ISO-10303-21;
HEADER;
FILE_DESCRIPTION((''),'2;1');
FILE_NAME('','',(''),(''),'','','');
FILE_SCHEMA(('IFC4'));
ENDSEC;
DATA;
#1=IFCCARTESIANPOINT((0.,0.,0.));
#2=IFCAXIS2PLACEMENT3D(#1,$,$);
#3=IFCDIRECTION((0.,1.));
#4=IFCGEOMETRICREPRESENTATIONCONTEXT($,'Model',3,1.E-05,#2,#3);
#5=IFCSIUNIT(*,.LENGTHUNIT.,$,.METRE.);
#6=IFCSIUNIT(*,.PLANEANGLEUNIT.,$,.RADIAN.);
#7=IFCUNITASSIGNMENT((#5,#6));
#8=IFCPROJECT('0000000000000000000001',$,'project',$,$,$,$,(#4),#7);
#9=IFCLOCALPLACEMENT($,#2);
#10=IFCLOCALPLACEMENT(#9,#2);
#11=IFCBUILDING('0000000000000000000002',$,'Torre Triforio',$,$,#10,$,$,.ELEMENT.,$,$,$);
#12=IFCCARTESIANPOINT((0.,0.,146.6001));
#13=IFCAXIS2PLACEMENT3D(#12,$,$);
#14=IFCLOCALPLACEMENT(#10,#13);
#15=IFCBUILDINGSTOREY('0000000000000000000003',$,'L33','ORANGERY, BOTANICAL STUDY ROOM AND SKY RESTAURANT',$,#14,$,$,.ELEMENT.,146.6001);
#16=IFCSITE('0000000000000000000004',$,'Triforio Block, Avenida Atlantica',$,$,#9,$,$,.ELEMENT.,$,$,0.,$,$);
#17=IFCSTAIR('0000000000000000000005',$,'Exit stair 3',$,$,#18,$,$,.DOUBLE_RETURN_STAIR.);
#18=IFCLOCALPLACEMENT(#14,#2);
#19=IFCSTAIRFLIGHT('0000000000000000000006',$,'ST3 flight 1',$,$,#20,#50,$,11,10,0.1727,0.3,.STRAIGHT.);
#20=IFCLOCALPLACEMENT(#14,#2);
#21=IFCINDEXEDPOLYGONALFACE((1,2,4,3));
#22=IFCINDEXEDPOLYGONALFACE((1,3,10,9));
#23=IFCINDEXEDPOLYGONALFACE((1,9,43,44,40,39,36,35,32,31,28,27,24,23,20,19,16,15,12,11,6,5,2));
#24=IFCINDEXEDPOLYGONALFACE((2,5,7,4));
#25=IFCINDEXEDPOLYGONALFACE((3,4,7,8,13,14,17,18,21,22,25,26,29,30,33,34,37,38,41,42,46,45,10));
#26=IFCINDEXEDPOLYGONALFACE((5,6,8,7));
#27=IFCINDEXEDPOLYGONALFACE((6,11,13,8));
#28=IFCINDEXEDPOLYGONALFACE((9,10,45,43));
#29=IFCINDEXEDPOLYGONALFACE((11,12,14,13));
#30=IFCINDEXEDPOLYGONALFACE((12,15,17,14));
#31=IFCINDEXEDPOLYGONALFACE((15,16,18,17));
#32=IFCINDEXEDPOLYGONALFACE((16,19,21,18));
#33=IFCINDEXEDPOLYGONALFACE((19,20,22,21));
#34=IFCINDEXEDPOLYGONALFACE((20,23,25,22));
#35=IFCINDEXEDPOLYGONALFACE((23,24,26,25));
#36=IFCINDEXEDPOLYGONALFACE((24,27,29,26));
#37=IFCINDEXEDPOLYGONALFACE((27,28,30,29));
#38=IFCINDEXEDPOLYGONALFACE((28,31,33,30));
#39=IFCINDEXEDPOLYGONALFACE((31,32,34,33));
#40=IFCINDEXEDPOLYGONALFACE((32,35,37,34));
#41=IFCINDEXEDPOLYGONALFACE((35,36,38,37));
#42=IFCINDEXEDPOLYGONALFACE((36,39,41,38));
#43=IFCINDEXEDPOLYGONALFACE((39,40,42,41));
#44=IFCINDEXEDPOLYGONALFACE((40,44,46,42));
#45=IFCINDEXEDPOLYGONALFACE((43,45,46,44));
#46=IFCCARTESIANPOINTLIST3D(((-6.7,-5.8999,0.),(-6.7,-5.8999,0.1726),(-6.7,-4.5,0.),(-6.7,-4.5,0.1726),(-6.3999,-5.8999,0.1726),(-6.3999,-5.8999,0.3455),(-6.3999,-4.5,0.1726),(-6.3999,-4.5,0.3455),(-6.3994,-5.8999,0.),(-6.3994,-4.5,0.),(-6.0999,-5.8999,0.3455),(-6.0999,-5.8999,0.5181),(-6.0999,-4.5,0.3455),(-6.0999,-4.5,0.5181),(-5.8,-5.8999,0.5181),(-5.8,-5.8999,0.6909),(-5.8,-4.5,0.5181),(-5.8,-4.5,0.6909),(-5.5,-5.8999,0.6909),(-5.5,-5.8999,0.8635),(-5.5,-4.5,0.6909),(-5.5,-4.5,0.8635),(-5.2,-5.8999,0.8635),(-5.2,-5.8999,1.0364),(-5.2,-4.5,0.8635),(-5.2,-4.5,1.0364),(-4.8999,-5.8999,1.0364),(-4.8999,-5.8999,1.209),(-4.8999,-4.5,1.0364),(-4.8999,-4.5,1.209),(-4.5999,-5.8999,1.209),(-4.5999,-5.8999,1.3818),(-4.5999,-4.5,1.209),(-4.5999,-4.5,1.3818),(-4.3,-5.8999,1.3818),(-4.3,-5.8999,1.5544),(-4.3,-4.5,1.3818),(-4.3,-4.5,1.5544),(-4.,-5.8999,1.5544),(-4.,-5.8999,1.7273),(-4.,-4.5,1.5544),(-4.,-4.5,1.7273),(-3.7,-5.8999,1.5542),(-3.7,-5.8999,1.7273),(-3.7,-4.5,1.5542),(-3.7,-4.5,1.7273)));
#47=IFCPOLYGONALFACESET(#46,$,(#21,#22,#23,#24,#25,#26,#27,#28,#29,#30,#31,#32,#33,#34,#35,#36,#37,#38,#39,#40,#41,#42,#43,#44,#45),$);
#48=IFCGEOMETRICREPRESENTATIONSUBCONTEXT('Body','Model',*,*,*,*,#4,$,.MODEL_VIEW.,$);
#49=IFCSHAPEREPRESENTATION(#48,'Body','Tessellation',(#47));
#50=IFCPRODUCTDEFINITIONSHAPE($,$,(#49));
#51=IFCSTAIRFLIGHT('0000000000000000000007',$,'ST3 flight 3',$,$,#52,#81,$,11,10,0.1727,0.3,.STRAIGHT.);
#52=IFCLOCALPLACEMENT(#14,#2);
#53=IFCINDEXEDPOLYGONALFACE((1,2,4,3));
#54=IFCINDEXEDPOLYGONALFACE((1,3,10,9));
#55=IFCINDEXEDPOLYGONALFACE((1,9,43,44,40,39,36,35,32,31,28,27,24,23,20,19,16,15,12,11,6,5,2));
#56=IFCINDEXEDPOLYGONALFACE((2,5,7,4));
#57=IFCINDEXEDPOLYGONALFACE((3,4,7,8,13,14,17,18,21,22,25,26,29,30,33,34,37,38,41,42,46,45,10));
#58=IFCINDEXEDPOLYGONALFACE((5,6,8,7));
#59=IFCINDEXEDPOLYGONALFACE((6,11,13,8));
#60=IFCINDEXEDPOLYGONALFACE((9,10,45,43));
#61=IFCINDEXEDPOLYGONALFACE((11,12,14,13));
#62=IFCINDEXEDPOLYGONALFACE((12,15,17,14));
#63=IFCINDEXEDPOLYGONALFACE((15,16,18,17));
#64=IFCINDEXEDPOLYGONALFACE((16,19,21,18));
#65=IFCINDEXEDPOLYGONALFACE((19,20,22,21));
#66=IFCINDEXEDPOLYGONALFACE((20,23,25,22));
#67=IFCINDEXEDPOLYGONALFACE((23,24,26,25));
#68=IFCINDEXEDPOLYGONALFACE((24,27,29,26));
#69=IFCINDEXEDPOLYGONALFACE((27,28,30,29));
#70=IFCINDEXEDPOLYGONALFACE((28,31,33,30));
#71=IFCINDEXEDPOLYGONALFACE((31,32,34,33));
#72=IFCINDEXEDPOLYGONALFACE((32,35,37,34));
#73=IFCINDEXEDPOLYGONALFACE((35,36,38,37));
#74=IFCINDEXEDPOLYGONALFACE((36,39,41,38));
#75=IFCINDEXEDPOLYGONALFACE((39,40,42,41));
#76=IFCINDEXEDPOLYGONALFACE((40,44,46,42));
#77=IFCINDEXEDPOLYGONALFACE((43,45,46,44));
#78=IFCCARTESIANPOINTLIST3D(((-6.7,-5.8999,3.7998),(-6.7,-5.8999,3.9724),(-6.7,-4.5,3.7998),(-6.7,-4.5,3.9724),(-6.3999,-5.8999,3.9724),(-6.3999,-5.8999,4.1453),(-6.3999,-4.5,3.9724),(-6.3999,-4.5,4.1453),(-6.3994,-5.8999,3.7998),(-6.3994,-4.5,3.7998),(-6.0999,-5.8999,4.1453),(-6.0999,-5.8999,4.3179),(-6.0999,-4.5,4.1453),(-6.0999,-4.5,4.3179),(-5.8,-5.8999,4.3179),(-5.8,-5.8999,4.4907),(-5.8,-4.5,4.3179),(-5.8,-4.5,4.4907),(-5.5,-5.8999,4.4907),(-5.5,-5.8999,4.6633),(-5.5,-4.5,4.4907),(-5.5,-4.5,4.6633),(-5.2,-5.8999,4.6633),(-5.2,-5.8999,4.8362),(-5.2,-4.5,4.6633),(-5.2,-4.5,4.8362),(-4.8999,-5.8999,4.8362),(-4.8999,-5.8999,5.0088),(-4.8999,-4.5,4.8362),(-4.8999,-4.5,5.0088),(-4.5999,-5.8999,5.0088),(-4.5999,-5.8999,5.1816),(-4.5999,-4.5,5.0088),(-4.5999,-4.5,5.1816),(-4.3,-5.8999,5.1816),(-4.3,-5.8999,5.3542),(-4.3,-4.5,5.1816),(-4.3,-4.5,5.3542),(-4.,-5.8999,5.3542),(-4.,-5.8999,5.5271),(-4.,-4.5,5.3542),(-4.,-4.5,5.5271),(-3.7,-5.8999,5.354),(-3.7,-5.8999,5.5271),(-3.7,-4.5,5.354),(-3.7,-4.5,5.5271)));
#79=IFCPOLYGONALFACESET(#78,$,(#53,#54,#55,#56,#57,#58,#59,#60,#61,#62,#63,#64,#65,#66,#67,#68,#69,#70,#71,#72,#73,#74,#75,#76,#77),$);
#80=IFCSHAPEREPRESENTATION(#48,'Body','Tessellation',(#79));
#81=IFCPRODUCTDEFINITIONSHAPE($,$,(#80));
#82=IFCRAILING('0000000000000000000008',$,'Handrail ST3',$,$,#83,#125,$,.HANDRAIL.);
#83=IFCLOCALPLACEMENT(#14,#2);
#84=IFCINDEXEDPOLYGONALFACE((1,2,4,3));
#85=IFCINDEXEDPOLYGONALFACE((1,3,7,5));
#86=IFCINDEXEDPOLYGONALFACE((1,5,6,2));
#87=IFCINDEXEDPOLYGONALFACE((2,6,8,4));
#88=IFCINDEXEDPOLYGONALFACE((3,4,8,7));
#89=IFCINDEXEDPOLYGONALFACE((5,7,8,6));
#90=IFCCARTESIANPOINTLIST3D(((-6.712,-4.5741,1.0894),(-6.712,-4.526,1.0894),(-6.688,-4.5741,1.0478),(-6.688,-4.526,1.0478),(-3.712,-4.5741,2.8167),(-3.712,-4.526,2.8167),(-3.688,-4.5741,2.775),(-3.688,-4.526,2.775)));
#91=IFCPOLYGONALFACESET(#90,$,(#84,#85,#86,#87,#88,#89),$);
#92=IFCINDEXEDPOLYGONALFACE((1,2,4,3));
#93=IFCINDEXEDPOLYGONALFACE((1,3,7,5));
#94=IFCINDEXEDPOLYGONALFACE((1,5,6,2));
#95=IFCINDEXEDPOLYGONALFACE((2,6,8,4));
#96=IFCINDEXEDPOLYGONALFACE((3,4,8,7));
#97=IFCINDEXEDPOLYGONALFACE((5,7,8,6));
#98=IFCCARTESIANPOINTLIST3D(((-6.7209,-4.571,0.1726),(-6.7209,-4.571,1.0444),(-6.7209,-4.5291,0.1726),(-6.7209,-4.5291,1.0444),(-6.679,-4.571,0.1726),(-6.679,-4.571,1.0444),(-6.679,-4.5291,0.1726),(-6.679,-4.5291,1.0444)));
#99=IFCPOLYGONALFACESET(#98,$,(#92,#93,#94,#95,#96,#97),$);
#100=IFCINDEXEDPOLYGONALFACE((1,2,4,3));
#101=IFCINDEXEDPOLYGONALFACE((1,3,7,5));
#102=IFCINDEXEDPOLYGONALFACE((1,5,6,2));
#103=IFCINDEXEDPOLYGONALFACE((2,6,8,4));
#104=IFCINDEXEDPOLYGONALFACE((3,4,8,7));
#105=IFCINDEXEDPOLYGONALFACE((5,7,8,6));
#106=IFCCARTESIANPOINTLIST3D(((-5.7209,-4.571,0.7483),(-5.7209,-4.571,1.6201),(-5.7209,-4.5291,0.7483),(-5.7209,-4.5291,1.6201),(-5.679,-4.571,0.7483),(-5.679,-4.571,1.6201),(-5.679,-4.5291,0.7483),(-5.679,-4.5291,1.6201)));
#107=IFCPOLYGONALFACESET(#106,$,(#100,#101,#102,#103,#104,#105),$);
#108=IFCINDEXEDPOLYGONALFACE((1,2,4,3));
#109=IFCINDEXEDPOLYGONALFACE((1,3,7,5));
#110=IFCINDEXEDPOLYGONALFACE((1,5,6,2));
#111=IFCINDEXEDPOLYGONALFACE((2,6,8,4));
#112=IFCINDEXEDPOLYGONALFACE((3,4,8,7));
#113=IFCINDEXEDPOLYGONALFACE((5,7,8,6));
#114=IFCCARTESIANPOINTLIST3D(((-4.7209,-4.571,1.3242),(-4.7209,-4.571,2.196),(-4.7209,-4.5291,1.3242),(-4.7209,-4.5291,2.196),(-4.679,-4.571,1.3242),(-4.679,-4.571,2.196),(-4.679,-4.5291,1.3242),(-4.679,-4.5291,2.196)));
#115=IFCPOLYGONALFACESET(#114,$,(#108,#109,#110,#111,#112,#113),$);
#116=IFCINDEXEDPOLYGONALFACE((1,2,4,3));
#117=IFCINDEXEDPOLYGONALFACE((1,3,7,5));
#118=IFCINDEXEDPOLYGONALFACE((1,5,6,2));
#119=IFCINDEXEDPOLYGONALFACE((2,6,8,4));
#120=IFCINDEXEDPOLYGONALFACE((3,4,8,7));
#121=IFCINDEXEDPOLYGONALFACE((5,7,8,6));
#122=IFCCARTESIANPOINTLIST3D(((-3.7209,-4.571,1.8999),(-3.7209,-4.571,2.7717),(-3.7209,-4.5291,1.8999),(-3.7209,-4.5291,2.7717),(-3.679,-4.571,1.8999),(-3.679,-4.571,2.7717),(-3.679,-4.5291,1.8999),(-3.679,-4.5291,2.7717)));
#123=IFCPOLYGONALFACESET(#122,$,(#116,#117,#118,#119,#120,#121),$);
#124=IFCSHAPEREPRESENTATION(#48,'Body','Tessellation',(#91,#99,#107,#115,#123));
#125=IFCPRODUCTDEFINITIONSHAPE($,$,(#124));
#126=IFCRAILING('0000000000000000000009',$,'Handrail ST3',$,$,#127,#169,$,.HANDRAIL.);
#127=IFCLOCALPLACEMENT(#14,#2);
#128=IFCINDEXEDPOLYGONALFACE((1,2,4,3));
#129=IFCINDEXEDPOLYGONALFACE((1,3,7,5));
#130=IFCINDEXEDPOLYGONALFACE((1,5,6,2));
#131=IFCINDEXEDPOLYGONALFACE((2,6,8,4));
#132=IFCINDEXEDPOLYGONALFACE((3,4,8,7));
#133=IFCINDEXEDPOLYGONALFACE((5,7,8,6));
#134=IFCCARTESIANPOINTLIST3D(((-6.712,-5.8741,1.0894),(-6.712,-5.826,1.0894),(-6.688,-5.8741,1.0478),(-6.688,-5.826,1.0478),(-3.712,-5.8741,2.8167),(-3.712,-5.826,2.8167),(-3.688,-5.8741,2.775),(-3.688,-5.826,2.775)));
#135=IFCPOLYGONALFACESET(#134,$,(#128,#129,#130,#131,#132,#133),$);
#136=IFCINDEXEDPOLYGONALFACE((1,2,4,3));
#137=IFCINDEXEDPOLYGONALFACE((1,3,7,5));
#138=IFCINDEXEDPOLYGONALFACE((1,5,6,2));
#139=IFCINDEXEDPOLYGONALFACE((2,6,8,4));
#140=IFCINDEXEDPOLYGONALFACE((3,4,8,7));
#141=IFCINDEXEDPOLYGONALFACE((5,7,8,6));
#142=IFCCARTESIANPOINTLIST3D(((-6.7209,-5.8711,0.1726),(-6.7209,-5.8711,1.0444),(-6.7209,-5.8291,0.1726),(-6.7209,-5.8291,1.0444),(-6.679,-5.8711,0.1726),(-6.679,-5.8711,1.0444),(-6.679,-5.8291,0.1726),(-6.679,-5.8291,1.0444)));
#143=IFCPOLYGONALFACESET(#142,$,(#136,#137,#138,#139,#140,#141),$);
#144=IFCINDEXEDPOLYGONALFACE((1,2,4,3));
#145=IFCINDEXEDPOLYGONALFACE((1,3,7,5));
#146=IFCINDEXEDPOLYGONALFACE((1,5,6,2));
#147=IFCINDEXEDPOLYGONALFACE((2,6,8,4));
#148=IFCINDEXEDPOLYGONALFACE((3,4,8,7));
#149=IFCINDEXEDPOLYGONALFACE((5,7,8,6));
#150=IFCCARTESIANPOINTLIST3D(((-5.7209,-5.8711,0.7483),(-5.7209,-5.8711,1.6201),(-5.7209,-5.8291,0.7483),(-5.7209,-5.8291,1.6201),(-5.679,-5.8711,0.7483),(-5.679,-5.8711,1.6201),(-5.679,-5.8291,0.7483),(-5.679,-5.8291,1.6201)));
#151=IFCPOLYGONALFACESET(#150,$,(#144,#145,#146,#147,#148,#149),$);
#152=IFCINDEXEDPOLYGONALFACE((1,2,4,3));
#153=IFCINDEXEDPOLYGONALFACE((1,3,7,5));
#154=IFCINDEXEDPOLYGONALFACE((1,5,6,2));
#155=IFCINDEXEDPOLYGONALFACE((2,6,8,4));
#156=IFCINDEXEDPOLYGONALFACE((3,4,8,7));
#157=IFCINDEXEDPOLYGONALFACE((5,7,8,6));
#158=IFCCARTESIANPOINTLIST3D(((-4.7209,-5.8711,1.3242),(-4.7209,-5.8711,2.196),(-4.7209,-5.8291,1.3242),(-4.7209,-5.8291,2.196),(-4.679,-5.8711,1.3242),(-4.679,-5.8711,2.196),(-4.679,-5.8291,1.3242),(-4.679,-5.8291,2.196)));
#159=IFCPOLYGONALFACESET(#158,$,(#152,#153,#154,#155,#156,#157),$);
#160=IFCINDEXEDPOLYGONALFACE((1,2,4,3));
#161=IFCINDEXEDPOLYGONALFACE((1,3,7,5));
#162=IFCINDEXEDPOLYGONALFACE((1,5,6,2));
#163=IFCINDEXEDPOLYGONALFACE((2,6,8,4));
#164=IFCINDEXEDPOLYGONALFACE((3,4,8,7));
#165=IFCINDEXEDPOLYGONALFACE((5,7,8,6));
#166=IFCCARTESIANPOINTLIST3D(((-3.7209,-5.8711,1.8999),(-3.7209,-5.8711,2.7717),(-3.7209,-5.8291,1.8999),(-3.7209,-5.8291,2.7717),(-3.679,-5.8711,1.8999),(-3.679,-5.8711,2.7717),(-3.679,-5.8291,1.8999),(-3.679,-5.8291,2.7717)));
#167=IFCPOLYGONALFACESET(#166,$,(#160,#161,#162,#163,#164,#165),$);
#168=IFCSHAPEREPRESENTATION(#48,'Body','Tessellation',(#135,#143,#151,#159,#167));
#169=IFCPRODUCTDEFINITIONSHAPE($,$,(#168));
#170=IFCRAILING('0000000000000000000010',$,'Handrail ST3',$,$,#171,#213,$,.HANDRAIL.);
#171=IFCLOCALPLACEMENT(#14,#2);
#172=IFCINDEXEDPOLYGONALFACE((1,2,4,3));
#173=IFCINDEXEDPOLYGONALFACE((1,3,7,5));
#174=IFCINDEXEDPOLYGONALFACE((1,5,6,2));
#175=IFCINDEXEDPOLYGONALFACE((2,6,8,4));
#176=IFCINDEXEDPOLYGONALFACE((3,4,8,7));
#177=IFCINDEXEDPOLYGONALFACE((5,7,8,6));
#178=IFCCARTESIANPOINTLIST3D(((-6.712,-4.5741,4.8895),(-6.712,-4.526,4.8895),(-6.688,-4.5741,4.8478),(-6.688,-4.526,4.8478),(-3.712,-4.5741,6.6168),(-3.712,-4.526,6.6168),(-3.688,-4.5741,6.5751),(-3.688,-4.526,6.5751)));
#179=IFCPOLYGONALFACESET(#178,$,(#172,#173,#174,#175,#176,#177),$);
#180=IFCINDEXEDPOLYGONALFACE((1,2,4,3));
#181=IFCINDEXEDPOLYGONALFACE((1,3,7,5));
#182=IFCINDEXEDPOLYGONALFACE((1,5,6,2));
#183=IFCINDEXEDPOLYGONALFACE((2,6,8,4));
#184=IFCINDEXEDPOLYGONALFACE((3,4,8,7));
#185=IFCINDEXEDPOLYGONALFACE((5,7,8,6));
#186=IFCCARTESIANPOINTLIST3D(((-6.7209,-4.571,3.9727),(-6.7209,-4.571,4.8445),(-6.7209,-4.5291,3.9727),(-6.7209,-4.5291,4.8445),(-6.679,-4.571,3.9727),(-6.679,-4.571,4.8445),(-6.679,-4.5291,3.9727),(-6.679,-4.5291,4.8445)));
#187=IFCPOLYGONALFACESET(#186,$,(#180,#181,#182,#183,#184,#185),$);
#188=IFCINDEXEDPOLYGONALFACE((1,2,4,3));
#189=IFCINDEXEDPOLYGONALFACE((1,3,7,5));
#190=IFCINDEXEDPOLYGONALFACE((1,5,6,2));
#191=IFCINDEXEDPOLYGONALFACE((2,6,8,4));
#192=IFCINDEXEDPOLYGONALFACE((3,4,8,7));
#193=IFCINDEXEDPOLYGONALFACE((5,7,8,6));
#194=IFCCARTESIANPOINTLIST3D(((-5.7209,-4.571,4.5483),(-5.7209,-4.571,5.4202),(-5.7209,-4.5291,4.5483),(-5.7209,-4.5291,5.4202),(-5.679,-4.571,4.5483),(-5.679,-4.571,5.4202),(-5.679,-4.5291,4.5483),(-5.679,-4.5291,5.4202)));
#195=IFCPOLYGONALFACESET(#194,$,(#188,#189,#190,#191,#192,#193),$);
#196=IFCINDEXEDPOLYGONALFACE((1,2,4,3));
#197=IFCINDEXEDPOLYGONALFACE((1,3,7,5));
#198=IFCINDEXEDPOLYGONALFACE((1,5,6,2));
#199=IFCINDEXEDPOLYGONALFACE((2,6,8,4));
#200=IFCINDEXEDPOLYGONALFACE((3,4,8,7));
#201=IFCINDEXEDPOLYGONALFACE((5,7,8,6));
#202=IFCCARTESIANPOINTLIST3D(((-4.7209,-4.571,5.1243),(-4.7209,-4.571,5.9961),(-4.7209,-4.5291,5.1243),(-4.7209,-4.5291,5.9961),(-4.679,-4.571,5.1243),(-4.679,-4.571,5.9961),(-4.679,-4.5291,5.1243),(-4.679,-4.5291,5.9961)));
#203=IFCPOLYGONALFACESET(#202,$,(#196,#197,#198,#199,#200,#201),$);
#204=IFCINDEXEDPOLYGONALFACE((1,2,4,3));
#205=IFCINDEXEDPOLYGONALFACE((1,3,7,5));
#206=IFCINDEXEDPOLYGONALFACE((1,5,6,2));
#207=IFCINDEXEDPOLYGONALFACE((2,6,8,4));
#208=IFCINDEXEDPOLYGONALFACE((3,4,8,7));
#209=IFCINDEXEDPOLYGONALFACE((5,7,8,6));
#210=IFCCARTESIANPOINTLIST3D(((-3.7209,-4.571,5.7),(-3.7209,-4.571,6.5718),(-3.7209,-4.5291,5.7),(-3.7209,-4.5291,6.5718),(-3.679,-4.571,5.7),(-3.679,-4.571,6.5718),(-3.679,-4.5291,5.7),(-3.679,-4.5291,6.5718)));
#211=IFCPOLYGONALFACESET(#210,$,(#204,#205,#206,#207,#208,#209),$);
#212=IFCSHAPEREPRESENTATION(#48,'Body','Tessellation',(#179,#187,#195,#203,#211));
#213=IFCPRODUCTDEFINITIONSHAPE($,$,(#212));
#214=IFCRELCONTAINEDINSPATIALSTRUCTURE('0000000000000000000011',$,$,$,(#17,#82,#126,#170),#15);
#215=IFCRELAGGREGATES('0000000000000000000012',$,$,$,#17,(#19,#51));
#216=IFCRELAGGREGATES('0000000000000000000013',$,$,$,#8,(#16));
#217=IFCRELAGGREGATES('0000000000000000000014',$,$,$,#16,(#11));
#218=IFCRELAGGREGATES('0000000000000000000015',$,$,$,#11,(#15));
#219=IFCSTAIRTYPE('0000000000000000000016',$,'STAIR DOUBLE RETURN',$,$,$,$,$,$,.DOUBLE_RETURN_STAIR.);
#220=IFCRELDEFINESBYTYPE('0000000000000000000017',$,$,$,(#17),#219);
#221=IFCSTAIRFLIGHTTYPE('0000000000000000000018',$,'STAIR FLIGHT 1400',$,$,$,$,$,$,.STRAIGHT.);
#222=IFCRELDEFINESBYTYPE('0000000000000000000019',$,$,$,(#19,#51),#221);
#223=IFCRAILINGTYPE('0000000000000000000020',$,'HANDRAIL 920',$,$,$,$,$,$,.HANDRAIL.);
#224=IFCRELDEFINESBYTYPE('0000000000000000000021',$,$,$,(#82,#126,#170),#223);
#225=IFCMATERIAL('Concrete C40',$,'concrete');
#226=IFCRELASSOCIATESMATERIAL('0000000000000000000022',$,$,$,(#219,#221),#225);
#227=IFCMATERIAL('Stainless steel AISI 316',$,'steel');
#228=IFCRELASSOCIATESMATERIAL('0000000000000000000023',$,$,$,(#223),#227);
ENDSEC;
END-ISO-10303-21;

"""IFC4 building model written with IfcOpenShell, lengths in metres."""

from ifc_helpers import new_model, si_unit, direction, frame, origin, origin_2d, place, context, subcontext, project, spatial, polyline, rectangle, outline, extrude, material, type_object, element, aggregate, save


model = new_model("IFC4")

# Units and contexts
model_context = context("Model", 3, precision=1e-05, world=origin(), true_north=direction((0.0, 1.0)))
body_context = subcontext(model_context, "Body", "Model", "MODEL_VIEW")
ifc_project = project(units=[si_unit("LENGTHUNIT", "METRE"), si_unit("PLANEANGLEUNIT", "RADIAN")], contexts=[model_context])

# Site, building, storey
site_placement = place(None, origin())
site = spatial("IfcSite", under=ifc_project, at=site_placement, Name="Triforio Block, Avenida Atlantica", CompositionType="ELEMENT", RefElevation=0.0)
building_placement = place(site_placement, origin())
building = spatial("IfcBuilding", under=site, at=building_placement, Name="Torre Triforio", CompositionType="ELEMENT")
storey_placement = place(building_placement, frame((0.0, 0.0, 146.6001)))
storey = spatial("IfcBuildingStorey", under=building, at=storey_placement, Name="L33", Description="ORANGERY, BOTANICAL STUDY ROOM AND SKY RESTAURANT", CompositionType="ELEMENT", Elevation=146.6001)

# Stair, stair flights
ifc_material_1 = material(Name="Concrete C40", Category="concrete")
stair_type = type_object("IfcStairType", Name="STAIR DOUBLE RETURN", PredefinedType="DOUBLE_RETURN_STAIR", material=ifc_material_1)
stair_placement = place(storey_placement, origin())
stair = element("IfcStair", 1, at=stair_placement, inside=storey, type_object=stair_type, Name="Exit stair 3", PredefinedType="DOUBLE_RETURN_STAIR")
stair_flight_type = type_object("IfcStairFlightType", Name="STAIR FLIGHT 1400", PredefinedType="STRAIGHT", material=ifc_material_1)
stair_flight_1_placement = place(storey_placement, frame((-6.7, -5.2, 0.0), z_axis=(0.0, 0.0, 1.0), x_axis=(1.0, 0.0, 0.0)))
stair_flight_1 = element("IfcStairFlight", 2, at=stair_flight_1_placement, type_object=stair_flight_type, Name="ST3 flight 1", NumberOfRisers=11, NumberOfTreads=10, PredefinedType="STRAIGHT", RiserHeight=0.1727, TreadLength=0.3, context=body_context, shape_type="SweptSolid", body=[
    extrude(outline(polyline([(0.0, 0.0), (0.0, 0.1726), (0.3, 0.1726), (0.3, 0.3455), (0.6001, 0.3455), (0.6001, 0.5181), (0.8999, 0.5181), (0.8999, 0.6909), (1.2, 0.6909), (1.2, 0.8635), (1.5, 0.8635), (1.5, 1.0364), (1.8, 1.0364), (1.8, 1.209), (2.1001, 1.209), (2.1001, 1.3818), (2.3999, 1.3818), (2.3999, 1.5544), (2.7, 1.5544), (2.7, 1.7273), (3.0, 1.7273), (3.0, 1.8999), (3.0, 1.5542), (0.3005, 0.0), (0.0, 0.0)])), frame((0.0, 0.7, 0.0), z_axis=(0.0, -1.0, 0.0), x_axis=(1.0, 0.0, 0.0)), (0.0, 0.0, 1.0), 1.3999),
])
stair_flight_2_placement = place(storey_placement, frame((-6.7, -5.2, 3.7998), z_axis=(0.0, 0.0, 1.0), x_axis=(1.0, 0.0, 0.0)))
stair_flight_2 = element("IfcStairFlight", 3, at=stair_flight_2_placement, type_object=stair_flight_type, Name="ST3 flight 3", NumberOfRisers=11, NumberOfTreads=10, PredefinedType="STRAIGHT", RiserHeight=0.1727, TreadLength=0.3, context=body_context, shape_type="SweptSolid", body=[
    extrude(outline(polyline([(0.0, 0.0), (0.0, 0.1726), (0.3, 0.1726), (0.3, 0.3455), (0.6001, 0.3455), (0.6001, 0.5181), (0.8999, 0.5181), (0.8999, 0.6909), (1.2, 0.6909), (1.2, 0.8635), (1.5, 0.8635), (1.5, 1.0364), (1.8, 1.0364), (1.8, 1.209), (2.1001, 1.209), (2.1001, 1.3818), (2.3999, 1.3818), (2.3999, 1.5544), (2.7, 1.5544), (2.7, 1.7273), (3.0, 1.7273), (3.0, 1.8999), (3.0, 1.5542), (0.3005, 0.0), (0.0, 0.0)])), frame((0.0, 0.7, 0.0), z_axis=(0.0, -1.0, 0.0), x_axis=(1.0, 0.0, 0.0)), (0.0, 0.0, 1.0), 1.3999),
])
aggregate(stair, [stair_flight_1, stair_flight_2])

# Railings
ifc_material_2 = material(Name="Stainless steel AISI 316", Category="steel")
railing_type = type_object("IfcRailingType", Name="HANDRAIL 920", PredefinedType="HANDRAIL", material=ifc_material_2)
for number, where, name in (
    (4, (-6.7, -4.55, 0.1726), "Handrail ST3"),
    (5, (-6.7, -5.8501, 0.1726), "Handrail ST3"),
    (6, (-6.7, -4.55, 3.9727), "Handrail ST3"),
):
    element("IfcRailing", number, at=place(storey_placement, frame(where)), inside=storey, type_object=railing_type, Name=name, PredefinedType="HANDRAIL", context=body_context, shape_type="SweptSolid", body=[
        extrude(rectangle(XDim=0.0481, YDim=0.0481, at=origin_2d()), frame((0.0, 0.0, 0.896), z_axis=(0.86662, 0.0, 0.498969), x_axis=(0.0, 1.0, 0.0)), (0.0, 0.0, 1.0), 3.4617),
        extrude(rectangle(XDim=0.042, YDim=0.042, at=origin_2d()), origin(), (0.0, 0.0, 1.0), 0.8718),
        extrude(rectangle(XDim=0.042, YDim=0.042, at=origin_2d()), frame((1.0, 0.0, 0.5757)), (0.0, 0.0, 1.0), 0.8718),
        extrude(rectangle(XDim=0.042, YDim=0.042, at=origin_2d()), frame((2.0, 0.0, 1.1516)), (0.0, 0.0, 1.0), 0.8718),
        extrude(rectangle(XDim=0.042, YDim=0.042, at=origin_2d()), frame((3.0, 0.0, 1.7273)), (0.0, 0.0, 1.0), 0.8718),
    ])

save(model, "model.ifc")
